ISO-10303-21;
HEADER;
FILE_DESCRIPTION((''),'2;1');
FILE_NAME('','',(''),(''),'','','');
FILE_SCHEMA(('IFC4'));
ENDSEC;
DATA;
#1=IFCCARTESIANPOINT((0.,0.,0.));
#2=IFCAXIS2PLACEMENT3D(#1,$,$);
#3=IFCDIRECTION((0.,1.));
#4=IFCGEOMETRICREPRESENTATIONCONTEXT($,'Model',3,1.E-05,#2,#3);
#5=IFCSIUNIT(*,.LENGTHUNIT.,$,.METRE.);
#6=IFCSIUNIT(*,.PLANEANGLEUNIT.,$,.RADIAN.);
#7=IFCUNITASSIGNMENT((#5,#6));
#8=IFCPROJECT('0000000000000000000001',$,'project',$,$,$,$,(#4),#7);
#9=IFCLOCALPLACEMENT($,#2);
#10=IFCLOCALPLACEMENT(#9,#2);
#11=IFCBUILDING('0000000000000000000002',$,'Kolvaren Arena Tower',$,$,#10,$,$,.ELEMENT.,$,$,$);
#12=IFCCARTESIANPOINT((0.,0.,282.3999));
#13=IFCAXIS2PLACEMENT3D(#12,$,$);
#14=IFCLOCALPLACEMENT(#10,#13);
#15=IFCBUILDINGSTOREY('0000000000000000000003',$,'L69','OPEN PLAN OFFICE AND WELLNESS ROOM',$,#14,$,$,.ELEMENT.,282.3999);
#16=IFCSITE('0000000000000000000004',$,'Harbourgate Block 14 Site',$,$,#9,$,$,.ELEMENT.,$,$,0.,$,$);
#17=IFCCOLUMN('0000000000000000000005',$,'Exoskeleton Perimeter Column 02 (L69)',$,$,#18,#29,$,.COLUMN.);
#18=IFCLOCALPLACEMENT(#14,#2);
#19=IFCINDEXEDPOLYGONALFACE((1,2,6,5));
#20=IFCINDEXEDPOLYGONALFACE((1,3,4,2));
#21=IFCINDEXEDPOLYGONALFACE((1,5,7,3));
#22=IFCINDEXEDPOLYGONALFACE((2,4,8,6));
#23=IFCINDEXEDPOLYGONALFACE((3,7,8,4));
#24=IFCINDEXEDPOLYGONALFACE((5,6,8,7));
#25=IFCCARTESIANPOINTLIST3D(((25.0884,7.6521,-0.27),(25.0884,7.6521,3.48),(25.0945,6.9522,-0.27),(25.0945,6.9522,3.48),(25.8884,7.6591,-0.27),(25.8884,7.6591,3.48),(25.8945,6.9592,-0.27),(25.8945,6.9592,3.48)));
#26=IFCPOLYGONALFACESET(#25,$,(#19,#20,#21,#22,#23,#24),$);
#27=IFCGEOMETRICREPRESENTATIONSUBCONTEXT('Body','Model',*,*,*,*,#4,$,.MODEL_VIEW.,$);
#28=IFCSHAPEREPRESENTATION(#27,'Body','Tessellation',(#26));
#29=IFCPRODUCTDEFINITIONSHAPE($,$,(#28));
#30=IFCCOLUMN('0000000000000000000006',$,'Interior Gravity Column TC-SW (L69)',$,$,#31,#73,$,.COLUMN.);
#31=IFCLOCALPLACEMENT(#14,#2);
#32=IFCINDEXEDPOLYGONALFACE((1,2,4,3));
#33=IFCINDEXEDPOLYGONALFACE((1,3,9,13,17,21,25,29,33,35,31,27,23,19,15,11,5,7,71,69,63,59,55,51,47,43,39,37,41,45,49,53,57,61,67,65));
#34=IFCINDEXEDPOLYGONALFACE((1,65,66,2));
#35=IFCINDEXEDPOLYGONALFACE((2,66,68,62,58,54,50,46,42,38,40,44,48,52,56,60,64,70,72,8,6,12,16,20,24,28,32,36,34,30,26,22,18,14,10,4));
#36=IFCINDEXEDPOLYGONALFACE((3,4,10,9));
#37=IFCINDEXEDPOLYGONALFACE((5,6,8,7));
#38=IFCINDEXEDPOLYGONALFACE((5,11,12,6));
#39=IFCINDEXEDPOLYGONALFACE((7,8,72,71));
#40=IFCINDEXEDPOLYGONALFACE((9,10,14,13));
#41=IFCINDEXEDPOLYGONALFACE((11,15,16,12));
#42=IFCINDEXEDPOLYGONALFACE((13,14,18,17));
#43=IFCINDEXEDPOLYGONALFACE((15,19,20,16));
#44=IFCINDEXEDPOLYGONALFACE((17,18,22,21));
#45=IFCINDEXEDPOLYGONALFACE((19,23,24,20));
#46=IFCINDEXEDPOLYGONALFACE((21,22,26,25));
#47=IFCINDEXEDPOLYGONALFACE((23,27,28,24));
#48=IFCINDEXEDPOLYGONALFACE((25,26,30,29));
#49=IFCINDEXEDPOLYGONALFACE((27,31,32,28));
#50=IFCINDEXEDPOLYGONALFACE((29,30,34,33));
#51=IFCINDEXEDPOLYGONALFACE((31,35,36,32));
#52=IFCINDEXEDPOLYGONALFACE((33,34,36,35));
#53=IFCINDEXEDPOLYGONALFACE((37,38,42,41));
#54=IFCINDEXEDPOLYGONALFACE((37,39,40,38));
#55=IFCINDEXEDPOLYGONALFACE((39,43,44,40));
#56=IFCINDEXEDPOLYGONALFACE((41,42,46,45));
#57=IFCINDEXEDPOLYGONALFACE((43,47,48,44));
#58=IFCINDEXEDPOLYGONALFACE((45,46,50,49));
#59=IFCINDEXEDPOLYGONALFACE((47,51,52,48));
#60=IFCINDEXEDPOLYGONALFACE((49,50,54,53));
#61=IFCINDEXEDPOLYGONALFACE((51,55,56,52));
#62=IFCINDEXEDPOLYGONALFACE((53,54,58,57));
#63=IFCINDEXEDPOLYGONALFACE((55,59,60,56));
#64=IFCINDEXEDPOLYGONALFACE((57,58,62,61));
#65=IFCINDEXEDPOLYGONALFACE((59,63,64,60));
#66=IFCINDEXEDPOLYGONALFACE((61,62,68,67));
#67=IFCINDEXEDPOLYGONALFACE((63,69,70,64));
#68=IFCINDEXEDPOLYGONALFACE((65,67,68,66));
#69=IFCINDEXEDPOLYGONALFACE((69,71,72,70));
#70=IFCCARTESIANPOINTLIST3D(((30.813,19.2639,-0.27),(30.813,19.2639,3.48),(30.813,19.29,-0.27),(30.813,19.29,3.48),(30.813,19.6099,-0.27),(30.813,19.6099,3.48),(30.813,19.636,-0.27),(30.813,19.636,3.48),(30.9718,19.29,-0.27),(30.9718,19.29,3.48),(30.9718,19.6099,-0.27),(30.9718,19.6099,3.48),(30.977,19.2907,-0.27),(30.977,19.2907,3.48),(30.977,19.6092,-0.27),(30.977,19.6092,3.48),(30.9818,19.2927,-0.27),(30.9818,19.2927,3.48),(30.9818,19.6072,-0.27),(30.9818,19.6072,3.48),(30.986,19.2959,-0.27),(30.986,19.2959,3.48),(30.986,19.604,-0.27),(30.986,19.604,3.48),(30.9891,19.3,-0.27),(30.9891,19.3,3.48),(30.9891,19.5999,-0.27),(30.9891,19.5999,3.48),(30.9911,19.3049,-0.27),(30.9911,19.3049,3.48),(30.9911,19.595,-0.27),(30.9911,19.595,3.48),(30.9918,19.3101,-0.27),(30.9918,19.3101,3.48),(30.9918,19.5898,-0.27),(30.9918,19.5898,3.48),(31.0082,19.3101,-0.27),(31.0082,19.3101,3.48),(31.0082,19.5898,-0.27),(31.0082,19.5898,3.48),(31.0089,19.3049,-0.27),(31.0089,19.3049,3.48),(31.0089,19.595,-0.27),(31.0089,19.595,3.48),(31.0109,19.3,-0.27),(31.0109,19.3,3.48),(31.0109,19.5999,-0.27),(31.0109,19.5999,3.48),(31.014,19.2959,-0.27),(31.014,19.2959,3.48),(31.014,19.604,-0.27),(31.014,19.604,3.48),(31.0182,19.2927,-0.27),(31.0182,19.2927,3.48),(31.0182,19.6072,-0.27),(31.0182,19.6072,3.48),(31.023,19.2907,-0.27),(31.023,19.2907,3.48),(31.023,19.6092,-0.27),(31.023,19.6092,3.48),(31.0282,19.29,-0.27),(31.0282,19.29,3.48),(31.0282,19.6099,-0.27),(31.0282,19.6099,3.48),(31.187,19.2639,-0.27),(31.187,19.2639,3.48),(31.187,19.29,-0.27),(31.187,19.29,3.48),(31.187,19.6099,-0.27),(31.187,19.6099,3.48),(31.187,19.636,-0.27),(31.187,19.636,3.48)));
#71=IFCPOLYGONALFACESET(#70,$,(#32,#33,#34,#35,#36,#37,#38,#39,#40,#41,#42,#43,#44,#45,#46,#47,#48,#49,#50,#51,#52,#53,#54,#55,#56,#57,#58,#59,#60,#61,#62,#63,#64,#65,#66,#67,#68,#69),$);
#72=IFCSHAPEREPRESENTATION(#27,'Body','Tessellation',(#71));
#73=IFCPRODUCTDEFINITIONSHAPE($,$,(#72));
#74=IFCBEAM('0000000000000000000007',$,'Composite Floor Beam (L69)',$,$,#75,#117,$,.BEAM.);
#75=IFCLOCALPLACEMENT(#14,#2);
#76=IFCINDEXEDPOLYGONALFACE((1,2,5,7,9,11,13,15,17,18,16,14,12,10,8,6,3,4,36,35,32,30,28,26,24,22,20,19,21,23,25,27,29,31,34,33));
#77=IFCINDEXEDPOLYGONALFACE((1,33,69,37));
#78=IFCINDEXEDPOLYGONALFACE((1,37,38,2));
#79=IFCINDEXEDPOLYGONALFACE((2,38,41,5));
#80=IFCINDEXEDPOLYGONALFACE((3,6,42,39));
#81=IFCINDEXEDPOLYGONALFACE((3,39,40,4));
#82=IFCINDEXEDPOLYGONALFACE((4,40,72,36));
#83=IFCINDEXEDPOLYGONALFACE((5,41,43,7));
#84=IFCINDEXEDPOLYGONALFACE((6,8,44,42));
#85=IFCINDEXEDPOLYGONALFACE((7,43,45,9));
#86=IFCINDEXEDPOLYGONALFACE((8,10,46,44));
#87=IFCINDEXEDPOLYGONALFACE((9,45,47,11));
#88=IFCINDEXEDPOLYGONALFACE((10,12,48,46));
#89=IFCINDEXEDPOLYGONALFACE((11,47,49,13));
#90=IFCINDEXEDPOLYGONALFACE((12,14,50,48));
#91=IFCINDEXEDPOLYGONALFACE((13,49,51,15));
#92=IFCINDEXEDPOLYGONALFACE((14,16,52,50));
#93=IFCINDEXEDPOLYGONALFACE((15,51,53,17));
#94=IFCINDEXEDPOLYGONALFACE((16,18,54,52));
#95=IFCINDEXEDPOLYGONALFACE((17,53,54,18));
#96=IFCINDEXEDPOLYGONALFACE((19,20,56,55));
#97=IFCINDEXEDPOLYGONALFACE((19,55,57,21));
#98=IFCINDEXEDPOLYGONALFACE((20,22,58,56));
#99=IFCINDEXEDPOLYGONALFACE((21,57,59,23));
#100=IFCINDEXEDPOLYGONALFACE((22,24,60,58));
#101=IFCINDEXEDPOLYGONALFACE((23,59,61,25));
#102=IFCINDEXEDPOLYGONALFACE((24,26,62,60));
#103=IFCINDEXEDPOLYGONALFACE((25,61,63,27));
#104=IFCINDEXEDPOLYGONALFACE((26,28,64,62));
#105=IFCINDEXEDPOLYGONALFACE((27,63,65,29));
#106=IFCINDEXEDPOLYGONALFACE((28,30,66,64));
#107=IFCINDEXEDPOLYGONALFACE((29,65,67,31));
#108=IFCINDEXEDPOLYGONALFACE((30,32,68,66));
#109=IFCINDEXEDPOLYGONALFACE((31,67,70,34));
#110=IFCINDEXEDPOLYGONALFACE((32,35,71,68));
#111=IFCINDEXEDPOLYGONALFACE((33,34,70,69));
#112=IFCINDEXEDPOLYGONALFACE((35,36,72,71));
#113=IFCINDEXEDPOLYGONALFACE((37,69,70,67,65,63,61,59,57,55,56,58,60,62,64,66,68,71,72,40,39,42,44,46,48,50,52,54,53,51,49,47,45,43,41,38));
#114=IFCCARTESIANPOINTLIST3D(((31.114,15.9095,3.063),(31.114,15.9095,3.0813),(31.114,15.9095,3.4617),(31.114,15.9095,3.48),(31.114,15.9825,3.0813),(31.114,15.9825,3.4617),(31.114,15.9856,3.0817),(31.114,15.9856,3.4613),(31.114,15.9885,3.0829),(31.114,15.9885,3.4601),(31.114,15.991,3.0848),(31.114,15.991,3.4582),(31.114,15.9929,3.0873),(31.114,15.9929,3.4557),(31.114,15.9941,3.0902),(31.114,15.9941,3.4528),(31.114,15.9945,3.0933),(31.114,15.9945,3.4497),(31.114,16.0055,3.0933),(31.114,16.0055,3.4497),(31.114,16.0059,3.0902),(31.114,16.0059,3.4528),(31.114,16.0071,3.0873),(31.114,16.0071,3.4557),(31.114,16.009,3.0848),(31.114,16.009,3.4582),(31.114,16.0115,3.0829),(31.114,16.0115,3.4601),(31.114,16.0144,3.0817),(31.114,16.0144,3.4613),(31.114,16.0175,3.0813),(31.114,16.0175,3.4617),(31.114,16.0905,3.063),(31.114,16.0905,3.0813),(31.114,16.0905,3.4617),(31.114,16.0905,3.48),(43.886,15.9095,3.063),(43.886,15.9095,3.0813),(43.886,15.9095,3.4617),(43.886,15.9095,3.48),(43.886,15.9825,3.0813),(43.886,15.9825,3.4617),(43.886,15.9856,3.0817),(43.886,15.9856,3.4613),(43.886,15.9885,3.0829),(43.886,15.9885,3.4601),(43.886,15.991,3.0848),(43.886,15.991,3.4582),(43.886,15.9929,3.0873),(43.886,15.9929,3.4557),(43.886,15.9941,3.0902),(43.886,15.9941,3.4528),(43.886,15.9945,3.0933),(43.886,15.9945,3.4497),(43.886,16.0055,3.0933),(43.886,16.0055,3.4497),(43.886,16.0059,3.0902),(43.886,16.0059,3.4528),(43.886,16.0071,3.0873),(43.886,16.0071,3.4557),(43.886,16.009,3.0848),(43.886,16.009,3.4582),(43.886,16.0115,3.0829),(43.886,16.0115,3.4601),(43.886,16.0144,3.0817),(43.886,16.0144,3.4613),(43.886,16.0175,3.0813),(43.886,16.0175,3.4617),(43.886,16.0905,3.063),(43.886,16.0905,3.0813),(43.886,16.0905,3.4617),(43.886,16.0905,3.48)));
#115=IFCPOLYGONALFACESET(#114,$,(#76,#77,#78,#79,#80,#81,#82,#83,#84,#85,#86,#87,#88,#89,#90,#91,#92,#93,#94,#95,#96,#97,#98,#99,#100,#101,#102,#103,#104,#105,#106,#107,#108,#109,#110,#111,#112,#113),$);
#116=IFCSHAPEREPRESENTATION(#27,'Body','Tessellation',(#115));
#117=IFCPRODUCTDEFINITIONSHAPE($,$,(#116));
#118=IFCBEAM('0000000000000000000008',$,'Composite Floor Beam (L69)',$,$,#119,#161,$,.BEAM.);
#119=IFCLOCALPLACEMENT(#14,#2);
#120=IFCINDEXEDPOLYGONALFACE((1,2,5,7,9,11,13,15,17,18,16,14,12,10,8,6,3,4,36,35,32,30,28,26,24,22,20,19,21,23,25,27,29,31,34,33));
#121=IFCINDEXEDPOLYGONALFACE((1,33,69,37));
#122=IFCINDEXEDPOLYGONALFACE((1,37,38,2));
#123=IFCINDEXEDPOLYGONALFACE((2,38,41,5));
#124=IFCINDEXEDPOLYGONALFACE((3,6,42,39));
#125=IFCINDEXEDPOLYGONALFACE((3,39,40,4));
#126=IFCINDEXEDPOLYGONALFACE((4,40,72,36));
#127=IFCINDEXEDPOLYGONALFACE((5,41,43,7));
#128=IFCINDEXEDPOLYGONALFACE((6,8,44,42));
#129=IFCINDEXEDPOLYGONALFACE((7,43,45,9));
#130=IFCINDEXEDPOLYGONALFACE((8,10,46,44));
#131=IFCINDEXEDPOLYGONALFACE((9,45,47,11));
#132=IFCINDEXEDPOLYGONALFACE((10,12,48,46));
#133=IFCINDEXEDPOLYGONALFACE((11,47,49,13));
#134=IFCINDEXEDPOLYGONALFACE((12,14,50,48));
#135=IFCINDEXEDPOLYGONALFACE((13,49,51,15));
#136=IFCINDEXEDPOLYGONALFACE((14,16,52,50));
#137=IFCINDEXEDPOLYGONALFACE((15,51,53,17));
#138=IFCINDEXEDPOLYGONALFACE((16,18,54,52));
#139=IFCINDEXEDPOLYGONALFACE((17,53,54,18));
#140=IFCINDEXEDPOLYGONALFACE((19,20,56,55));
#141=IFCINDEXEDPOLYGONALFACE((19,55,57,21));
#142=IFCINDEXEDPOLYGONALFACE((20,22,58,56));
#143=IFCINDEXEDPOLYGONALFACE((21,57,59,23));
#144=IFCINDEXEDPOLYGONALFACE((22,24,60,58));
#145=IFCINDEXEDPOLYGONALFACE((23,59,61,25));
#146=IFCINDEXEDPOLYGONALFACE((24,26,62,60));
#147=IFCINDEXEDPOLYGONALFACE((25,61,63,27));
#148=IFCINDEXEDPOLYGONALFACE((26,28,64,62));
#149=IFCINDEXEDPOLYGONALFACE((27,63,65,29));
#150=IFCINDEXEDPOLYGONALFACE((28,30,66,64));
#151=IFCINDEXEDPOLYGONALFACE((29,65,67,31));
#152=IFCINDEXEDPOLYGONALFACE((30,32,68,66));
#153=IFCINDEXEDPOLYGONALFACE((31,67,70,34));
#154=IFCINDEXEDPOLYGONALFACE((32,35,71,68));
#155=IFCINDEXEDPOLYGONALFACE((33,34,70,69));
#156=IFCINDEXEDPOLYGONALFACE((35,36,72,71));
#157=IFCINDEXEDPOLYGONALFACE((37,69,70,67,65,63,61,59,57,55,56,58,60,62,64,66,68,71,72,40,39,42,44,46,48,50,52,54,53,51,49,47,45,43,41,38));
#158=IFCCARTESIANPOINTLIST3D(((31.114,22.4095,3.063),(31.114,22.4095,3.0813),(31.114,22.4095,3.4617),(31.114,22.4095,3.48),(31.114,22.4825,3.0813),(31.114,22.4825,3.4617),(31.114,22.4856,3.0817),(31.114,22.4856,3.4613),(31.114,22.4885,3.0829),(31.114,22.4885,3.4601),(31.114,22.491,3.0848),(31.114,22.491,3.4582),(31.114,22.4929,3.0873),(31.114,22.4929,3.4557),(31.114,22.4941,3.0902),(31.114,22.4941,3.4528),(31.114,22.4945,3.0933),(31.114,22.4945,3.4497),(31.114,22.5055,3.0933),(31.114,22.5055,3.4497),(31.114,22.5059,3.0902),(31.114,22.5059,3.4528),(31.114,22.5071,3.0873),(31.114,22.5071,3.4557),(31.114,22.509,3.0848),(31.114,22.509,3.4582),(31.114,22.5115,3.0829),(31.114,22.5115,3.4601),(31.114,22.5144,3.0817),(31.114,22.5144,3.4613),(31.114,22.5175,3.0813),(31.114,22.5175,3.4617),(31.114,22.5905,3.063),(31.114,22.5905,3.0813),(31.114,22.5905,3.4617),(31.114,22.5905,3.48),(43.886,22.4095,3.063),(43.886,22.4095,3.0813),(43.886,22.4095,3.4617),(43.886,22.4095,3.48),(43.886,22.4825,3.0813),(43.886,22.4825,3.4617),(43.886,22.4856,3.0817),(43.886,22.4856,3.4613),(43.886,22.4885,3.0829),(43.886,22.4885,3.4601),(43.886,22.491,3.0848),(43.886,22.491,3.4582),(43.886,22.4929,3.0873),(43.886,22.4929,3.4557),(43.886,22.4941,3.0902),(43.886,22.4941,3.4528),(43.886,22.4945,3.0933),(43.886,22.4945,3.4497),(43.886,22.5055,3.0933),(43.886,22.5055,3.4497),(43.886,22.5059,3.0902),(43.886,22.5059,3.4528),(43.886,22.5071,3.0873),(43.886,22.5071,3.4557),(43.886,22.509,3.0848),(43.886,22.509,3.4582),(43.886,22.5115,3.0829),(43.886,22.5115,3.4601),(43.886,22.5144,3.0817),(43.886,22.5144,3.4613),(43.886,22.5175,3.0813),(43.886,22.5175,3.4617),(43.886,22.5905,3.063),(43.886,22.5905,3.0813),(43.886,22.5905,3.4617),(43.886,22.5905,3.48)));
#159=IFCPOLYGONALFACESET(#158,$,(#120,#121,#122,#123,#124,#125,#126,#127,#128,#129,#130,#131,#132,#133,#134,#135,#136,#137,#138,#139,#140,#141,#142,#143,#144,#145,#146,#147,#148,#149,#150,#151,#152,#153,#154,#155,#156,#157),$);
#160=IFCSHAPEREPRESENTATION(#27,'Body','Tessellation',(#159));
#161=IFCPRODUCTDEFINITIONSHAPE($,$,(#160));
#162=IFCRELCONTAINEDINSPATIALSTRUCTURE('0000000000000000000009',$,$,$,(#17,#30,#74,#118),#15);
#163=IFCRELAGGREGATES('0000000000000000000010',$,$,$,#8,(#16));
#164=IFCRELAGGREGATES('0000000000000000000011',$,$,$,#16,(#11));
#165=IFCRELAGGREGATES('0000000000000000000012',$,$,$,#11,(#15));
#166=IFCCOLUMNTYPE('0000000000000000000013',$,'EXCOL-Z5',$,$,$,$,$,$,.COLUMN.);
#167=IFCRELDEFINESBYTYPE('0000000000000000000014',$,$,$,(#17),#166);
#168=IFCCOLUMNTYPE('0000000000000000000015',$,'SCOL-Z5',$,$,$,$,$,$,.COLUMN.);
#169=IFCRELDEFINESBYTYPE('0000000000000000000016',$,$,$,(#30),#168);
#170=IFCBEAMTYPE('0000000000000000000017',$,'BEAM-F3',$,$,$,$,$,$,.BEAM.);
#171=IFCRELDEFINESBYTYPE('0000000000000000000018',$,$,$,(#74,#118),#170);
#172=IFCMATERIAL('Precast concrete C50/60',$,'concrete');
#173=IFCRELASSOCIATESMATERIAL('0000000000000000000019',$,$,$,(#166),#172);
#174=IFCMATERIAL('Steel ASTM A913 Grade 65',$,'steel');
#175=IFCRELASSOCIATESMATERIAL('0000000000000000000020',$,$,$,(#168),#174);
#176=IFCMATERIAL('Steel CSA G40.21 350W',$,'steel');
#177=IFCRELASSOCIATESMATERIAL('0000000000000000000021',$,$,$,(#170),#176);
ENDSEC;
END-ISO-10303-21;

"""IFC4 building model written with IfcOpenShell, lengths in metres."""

from ifc_helpers import new_model, si_unit, direction, frame, origin, origin_2d, place, context, subcontext, project, spatial, rectangle, i_section, extrude, material, material_profile, profile_set, type_object, element, save


model = new_model("IFC4")

# Units and contexts
model_context = context("Model", 3, precision=1e-05, world=origin(), true_north=direction((0.0, 1.0)))
body_context = subcontext(model_context, "Body", "Model", "MODEL_VIEW")
ifc_project = project(units=[si_unit("LENGTHUNIT", "METRE"), si_unit("PLANEANGLEUNIT", "RADIAN")], contexts=[model_context])

# Site, building, storey
site_placement = place(None, origin())
site = spatial("IfcSite", under=ifc_project, at=site_placement, Name="Harbourgate Block 14 Site", CompositionType="ELEMENT", RefElevation=0.0)
building_placement = place(site_placement, origin())
building = spatial("IfcBuilding", under=site, at=building_placement, Name="Kolvaren Arena Tower", CompositionType="ELEMENT")
storey_placement = place(building_placement, frame((0.0, 0.0, 282.3999)))
storey = spatial("IfcBuildingStorey", under=building, at=storey_placement, Name="L69", Description="OPEN PLAN OFFICE AND WELLNESS ROOM", CompositionType="ELEMENT", Elevation=282.3999)

# Columns
ifc_material_1 = material(Name="Precast concrete C50/60", Category="concrete")
ifc_material_profile_1 = material_profile(ifc_material_1, rectangle(XDim=0.8, YDim=0.7, at=origin_2d()), Name="RC-800x700")
ifc_profile_set_1 = profile_set([ifc_material_profile_1], Name="Precast concrete C50/60")
column_type_1 = type_object("IfcColumnType", Name="EXCOL-Z5", PredefinedType="COLUMN", material=ifc_profile_set_1)
column_1_placement = place(storey_placement, frame((25.4915, 7.3057, -0.27), z_axis=(0.0, 0.0, 1.0), x_axis=(0.999962, 0.008727, 0.0)))
element("IfcColumn", 1, at=column_1_placement, inside=storey, type_object=column_type_1, Name="Exoskeleton Perimeter Column 02 (L69)", PredefinedType="COLUMN", context=body_context, shape_type="SweptSolid", body=[
    extrude(rectangle(XDim=0.8, YDim=0.7, at=origin_2d()), origin(), (0.0, 0.0, 1.0), 3.75),
])
ifc_material_2 = material(Name="Steel ASTM A913 Grade 65", Category="steel")
ifc_material_profile_2 = material_profile(ifc_material_2, i_section(OverallWidth=0.374, OverallDepth=0.3721, WebThickness=0.0164, FlangeThickness=0.0261, FilletRadius=0.02, at=origin_2d()), Name="W360x196")
ifc_profile_set_2 = profile_set([ifc_material_profile_2], Name="Steel ASTM A913 Grade 65")
column_type_2 = type_object("IfcColumnType", Name="SCOL-Z5", PredefinedType="COLUMN", material=ifc_profile_set_2)
column_2_placement = place(storey_placement, frame((31.0, 19.45, -0.27), z_axis=(0.0, 0.0, 1.0), x_axis=(1.0, 0.0, 0.0)))
element("IfcColumn", 2, at=column_2_placement, inside=storey, type_object=column_type_2, Name="Interior Gravity Column TC-SW (L69)", PredefinedType="COLUMN", context=body_context, shape_type="SweptSolid", body=[
    extrude(i_section(OverallWidth=0.374, OverallDepth=0.3721, WebThickness=0.0164, FlangeThickness=0.0261, FilletRadius=0.02, at=origin_2d()), origin(), (0.0, 0.0, 1.0), 3.75),
])

# Beams
ifc_material_3 = material(Name="Steel CSA G40.21 350W", Category="steel")
ifc_material_profile_3 = material_profile(ifc_material_3, i_section(OverallWidth=0.1809, OverallDepth=0.417, WebThickness=0.011, FlangeThickness=0.0183, FilletRadius=0.012, at=origin_2d()), Name="W410x85")
ifc_profile_set_3 = profile_set([ifc_material_profile_3], Name="Steel CSA G40.21 350W")
beam_type_1 = type_object("IfcBeamType", Name="BEAM-F3", PredefinedType="BEAM", material=ifc_profile_set_3)
for number, where, z_axis, x_axis, name in (
    (3, (31.114, 16.0, 3.2715), (1.0, 0.0, 0.0), (0.0, 1.0, 0.0), "Composite Floor Beam (L69)"),
    (4, (31.114, 22.5, 3.2715), (1.0, 0.0, 0.0), (0.0, 1.0, 0.0), "Composite Floor Beam (L69)"),
):
    element("IfcBeam", number, at=place(storey_placement, frame(where, z_axis=z_axis, x_axis=x_axis)), inside=storey, type_object=beam_type_1, Name=name, PredefinedType="BEAM", context=body_context, shape_type="SweptSolid", body=[
        extrude(i_section(OverallWidth=0.1809, OverallDepth=0.417, WebThickness=0.011, FlangeThickness=0.0183, FilletRadius=0.012, at=origin_2d()), origin(), (0.0, 0.0, 1.0), 12.772),
    ])

save(model, "model.ifc")
